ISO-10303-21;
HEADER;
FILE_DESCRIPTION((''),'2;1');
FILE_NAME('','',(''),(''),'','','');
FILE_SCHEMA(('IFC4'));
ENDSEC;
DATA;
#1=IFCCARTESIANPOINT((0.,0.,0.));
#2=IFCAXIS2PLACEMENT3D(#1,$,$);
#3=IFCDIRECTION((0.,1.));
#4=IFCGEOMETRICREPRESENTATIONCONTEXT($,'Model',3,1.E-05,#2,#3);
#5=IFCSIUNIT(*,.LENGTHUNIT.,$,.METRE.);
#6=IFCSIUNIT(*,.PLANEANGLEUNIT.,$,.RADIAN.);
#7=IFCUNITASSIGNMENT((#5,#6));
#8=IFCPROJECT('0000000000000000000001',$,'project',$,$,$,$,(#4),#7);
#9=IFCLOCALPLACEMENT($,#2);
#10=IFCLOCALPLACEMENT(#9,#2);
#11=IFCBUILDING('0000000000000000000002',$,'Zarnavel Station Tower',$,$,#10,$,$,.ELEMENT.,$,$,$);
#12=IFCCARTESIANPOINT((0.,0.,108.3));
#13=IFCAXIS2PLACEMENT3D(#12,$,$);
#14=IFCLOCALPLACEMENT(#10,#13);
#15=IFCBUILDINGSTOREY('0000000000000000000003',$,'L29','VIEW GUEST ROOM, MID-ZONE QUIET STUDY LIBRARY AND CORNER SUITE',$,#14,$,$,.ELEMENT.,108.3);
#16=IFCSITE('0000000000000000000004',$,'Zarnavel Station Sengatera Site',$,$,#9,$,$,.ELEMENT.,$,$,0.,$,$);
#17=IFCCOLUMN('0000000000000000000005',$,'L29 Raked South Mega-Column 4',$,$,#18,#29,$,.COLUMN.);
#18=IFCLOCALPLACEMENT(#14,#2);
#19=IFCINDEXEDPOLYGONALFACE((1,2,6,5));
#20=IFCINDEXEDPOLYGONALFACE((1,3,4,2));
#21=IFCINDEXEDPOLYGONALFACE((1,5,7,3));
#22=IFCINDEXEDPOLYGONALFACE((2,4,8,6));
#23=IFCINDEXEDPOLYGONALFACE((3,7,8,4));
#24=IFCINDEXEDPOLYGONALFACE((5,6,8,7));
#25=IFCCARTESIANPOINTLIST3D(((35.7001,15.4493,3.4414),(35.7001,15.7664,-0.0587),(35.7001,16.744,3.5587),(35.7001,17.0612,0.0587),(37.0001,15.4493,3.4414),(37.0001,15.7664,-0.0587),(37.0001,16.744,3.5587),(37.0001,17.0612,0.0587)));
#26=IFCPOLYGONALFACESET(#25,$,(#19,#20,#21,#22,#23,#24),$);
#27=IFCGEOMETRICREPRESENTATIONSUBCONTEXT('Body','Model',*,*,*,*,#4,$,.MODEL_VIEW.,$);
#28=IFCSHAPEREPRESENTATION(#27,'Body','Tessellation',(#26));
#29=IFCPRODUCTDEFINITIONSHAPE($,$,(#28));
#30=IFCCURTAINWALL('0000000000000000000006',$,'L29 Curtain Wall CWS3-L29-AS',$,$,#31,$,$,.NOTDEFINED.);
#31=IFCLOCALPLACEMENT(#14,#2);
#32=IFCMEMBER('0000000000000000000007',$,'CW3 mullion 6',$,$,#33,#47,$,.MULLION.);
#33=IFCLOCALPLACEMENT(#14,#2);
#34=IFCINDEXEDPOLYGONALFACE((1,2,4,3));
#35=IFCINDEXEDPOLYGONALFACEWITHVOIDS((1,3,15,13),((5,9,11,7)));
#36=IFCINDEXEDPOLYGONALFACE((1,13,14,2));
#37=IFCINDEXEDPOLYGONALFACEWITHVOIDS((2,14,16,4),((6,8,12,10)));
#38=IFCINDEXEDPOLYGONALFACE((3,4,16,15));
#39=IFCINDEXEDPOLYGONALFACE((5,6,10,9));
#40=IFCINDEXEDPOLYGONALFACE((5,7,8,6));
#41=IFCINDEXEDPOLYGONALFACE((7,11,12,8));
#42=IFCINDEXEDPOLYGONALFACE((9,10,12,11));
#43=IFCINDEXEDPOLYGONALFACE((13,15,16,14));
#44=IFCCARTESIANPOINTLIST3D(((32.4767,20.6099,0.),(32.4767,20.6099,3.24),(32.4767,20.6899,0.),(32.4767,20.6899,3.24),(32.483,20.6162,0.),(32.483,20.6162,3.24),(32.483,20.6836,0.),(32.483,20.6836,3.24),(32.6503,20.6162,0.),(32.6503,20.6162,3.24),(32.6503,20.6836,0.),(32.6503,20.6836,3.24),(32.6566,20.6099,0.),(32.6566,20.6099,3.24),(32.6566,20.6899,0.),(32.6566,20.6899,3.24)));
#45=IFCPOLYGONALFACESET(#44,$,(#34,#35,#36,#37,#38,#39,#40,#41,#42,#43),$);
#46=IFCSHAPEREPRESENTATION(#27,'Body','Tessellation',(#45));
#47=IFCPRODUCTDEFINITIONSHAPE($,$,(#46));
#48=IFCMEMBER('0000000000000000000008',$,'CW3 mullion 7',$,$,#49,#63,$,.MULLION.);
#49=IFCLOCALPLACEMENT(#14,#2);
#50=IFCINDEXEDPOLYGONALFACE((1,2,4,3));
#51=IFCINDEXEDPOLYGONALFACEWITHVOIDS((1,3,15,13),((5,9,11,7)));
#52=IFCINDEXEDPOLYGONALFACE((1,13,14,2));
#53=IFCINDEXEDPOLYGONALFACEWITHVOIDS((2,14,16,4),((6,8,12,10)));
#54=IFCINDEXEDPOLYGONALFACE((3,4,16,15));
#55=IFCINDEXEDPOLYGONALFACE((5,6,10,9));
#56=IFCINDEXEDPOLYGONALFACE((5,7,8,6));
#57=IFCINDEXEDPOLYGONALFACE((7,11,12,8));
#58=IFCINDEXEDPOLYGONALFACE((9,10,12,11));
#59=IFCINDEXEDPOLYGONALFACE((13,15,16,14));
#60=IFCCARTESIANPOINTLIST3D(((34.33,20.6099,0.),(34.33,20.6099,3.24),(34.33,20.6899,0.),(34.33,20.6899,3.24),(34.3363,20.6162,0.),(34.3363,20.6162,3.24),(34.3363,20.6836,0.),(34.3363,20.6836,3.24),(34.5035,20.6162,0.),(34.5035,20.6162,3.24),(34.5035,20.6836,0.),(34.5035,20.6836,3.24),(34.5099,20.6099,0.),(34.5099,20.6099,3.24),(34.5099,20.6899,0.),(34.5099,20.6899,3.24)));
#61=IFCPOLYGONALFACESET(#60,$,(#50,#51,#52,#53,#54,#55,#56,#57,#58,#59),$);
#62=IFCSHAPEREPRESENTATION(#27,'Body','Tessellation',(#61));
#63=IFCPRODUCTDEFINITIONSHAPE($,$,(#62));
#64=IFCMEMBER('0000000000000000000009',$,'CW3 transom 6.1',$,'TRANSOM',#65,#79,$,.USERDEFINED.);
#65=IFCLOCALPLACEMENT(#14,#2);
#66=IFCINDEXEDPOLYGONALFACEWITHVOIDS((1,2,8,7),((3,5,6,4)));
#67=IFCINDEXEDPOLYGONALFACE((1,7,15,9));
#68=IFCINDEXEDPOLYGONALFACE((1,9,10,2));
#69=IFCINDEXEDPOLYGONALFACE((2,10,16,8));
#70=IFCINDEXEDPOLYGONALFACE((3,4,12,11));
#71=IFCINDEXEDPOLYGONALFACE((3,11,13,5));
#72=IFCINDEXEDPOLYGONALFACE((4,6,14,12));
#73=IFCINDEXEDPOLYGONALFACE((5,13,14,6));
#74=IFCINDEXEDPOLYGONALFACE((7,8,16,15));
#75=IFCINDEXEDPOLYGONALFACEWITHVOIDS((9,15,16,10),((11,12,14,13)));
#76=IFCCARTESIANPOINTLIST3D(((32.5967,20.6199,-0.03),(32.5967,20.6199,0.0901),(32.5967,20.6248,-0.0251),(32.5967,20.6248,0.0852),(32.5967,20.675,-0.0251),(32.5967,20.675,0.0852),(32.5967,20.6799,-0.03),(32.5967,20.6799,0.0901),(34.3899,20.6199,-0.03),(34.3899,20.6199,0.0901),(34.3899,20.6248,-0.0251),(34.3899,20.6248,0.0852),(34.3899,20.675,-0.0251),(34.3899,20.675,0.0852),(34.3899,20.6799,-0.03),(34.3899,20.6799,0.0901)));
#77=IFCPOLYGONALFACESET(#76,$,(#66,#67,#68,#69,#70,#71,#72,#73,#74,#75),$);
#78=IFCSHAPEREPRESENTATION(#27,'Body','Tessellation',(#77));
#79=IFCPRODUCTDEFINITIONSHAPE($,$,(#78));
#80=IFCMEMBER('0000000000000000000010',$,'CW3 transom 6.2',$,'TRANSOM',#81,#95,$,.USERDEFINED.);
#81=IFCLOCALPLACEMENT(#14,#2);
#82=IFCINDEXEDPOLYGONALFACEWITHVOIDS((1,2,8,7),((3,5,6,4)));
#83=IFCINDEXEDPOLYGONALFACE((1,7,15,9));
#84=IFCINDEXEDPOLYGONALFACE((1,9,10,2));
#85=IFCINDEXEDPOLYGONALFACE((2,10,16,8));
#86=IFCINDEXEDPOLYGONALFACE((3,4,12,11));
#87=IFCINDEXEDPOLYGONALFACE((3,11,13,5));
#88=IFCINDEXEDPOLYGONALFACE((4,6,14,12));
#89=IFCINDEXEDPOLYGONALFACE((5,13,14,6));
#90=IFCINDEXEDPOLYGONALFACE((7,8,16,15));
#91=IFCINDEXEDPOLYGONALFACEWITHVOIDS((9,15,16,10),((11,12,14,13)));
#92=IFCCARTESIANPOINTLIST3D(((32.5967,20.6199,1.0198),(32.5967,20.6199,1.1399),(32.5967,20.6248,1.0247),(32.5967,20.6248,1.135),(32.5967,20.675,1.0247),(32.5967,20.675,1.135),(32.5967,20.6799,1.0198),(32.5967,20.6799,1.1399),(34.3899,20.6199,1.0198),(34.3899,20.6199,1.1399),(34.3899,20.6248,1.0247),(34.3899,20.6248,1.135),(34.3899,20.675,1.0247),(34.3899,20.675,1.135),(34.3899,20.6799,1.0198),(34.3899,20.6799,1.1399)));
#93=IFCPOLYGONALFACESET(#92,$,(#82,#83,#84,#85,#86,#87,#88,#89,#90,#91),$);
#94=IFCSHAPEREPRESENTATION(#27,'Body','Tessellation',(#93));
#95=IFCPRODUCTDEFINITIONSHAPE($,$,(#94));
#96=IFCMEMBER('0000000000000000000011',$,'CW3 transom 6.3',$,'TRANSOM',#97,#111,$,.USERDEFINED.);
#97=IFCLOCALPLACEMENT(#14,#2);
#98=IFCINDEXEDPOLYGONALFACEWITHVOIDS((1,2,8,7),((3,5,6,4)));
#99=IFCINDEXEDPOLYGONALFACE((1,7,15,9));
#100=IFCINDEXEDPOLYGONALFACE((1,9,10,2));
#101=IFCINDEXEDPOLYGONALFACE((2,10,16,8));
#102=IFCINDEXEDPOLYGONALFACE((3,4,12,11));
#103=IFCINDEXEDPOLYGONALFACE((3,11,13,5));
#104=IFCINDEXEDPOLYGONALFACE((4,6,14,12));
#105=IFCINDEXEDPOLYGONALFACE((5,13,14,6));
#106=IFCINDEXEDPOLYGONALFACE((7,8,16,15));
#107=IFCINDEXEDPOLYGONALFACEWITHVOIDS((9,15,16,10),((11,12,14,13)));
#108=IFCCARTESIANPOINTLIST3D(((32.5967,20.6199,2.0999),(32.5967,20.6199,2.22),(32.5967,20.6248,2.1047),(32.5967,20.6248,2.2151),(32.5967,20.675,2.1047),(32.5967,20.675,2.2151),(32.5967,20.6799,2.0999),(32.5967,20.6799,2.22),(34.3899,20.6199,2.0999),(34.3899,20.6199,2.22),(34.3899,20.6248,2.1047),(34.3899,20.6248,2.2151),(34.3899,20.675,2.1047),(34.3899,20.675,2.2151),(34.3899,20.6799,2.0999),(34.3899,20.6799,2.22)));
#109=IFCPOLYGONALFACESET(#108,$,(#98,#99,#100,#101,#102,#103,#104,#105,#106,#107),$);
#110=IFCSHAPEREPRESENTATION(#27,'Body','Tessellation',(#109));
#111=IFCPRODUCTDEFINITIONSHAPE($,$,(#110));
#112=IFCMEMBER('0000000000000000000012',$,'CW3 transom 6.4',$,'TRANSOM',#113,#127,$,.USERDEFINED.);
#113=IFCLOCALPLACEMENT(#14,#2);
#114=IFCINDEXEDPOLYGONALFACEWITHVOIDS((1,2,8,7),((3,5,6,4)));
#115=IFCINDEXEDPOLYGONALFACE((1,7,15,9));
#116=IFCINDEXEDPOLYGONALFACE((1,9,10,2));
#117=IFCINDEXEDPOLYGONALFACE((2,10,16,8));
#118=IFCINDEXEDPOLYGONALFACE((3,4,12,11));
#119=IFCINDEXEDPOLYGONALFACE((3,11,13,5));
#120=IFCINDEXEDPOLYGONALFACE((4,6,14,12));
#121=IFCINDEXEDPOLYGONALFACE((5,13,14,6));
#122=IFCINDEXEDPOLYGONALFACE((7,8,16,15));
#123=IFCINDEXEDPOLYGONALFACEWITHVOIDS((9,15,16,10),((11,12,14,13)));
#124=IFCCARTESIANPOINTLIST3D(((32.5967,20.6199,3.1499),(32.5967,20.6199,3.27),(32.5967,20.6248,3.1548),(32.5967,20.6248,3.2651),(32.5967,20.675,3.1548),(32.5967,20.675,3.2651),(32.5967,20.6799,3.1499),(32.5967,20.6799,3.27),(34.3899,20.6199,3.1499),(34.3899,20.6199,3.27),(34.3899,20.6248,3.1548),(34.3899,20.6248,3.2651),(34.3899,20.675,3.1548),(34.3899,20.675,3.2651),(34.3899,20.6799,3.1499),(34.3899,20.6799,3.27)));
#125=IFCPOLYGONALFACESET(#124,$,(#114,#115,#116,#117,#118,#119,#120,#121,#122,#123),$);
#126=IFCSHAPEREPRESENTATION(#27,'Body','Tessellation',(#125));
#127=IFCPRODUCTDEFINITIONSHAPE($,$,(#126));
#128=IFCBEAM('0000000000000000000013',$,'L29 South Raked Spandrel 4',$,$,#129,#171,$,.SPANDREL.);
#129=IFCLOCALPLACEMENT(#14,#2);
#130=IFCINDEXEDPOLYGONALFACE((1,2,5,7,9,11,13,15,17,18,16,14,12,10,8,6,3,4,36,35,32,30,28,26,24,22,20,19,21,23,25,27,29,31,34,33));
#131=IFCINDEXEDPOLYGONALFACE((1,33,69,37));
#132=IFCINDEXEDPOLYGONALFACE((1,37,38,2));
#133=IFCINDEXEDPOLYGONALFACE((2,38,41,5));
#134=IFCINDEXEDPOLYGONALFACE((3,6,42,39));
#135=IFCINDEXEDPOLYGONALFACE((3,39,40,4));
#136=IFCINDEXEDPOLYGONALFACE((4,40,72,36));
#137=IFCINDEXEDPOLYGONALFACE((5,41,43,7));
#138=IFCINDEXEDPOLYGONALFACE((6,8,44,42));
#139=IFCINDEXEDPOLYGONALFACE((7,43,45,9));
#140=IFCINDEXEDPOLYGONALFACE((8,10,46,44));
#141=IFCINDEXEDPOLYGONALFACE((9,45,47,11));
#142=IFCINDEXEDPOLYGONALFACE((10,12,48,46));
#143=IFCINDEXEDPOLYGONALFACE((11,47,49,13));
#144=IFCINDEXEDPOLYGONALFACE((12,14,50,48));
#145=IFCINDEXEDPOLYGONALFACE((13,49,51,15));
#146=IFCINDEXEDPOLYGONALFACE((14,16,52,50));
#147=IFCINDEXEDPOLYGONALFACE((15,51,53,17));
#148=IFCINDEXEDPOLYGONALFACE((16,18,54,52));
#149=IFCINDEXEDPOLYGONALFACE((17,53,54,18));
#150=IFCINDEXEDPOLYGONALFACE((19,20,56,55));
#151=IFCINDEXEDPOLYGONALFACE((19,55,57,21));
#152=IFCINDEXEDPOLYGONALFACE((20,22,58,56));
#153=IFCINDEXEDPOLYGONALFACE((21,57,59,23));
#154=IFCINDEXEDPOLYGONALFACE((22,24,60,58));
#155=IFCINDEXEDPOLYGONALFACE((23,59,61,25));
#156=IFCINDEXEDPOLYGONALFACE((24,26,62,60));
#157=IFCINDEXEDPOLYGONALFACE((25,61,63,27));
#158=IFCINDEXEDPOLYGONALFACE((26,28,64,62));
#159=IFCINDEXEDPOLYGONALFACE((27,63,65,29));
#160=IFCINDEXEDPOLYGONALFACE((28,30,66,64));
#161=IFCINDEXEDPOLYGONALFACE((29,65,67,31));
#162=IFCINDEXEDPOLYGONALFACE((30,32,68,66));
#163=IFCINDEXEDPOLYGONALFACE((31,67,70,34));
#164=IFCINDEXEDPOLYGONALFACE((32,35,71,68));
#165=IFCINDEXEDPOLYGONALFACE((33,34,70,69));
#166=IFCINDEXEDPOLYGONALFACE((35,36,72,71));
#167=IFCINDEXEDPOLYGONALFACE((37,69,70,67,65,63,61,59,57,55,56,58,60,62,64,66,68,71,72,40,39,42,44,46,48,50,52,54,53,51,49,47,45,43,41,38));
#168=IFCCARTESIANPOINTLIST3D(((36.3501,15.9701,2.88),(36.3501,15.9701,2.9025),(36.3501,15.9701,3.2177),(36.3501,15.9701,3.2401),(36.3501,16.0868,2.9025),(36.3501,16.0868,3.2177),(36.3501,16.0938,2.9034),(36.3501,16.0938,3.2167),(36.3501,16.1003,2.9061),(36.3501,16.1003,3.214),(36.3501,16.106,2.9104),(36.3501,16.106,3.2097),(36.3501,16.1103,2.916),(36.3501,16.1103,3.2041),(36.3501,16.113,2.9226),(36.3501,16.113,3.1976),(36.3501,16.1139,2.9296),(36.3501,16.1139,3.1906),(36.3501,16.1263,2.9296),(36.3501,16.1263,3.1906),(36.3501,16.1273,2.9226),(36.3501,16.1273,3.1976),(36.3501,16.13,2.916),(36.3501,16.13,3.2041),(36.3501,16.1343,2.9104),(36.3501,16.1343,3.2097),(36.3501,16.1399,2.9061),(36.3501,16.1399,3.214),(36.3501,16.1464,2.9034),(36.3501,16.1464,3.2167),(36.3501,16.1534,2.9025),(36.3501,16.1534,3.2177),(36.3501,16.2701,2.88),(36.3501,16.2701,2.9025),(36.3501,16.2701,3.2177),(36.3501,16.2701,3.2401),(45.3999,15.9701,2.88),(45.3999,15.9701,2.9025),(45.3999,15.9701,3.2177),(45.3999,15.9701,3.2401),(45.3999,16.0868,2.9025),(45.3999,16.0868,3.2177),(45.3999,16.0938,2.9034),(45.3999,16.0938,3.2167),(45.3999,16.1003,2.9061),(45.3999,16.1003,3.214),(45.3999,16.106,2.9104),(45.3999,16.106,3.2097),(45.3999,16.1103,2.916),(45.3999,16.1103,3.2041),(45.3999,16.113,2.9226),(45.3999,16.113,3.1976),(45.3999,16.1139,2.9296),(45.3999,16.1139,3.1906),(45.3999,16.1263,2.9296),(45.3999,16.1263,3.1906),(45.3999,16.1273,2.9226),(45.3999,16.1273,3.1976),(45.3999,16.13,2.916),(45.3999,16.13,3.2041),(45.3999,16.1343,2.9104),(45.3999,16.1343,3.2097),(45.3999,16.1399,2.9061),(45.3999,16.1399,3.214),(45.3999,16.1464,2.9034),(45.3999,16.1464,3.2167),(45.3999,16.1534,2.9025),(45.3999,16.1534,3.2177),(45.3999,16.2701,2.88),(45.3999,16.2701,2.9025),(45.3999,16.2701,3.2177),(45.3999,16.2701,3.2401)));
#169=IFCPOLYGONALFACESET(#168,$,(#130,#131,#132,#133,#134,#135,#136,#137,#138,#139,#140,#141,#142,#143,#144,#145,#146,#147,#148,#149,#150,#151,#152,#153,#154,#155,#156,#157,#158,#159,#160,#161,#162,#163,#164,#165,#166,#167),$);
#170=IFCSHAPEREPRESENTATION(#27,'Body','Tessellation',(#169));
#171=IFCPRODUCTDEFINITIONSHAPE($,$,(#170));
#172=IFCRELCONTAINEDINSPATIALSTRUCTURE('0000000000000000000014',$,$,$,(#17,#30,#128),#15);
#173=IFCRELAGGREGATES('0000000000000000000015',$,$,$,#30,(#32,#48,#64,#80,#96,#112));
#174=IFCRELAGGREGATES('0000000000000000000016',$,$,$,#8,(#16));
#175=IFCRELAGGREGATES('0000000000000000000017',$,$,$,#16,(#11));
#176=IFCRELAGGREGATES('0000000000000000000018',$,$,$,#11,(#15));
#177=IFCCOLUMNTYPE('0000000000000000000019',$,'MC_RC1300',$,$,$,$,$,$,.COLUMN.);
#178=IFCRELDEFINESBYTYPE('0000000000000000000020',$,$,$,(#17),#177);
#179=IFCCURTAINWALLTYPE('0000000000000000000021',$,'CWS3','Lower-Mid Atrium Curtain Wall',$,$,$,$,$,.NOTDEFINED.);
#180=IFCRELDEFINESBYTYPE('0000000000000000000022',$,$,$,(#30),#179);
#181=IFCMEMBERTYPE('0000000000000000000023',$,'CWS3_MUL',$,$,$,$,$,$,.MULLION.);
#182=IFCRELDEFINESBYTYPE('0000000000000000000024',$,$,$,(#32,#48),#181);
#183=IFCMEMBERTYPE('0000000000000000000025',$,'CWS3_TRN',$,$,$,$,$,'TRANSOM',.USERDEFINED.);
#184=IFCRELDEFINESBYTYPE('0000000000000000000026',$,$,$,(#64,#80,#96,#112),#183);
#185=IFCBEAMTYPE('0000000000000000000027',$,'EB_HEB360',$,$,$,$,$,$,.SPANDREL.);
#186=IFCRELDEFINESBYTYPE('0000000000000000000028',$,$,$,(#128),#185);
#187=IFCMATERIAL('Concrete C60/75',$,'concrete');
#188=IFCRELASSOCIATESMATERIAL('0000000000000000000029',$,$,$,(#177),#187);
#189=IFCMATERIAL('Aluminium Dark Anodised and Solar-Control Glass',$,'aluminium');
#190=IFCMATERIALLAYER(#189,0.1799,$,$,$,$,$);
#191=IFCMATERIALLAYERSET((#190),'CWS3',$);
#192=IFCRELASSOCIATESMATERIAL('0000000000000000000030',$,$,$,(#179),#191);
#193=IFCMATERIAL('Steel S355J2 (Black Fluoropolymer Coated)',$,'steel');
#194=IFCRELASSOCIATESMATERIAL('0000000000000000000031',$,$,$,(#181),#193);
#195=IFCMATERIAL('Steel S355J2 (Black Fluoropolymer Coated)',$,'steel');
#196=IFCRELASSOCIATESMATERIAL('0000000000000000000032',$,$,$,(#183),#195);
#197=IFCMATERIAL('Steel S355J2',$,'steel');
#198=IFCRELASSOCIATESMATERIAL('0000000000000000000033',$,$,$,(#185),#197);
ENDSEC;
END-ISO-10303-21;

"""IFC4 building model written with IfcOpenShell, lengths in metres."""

from ifc_helpers import new_model, si_unit, direction, frame, origin, origin_2d, place, context, subcontext, project, spatial, rectangle, hollow_rectangle, i_section, extrude, material, layer, layer_set, material_profile, profile_set, type_object, element, aggregate, save


model = new_model("IFC4")

# Units and contexts
model_context = context("Model", 3, precision=1e-05, world=origin(), true_north=direction((0.0, 1.0)))
body_context = subcontext(model_context, "Body", "Model", "MODEL_VIEW")
ifc_project = project(units=[si_unit("LENGTHUNIT", "METRE"), si_unit("PLANEANGLEUNIT", "RADIAN")], contexts=[model_context])

# Site, building, storey
site_placement = place(None, origin())
site = spatial("IfcSite", under=ifc_project, at=site_placement, Name="Zarnavel Station Sengatera Site", CompositionType="ELEMENT", RefElevation=0.0)
building_placement = place(site_placement, origin())
building = spatial("IfcBuilding", under=site, at=building_placement, Name="Zarnavel Station Tower", CompositionType="ELEMENT")
storey_placement = place(building_placement, frame((0.0, 0.0, 108.3)))
storey = spatial("IfcBuildingStorey", under=building, at=storey_placement, Name="L29", Description="VIEW GUEST ROOM, MID-ZONE QUIET STUDY LIBRARY AND CORNER SUITE", CompositionType="ELEMENT", Elevation=108.3)

# Column
ifc_material_1 = material(Name="Concrete C60/75", Category="concrete")
ifc_material_profile_1 = material_profile(ifc_material_1, rectangle(XDim=1.3, YDim=1.3, at=origin_2d()), Name="RC1300x1300")
ifc_profile_set_1 = profile_set([ifc_material_profile_1], Name="Concrete C60/75")
column_type = type_object("IfcColumnType", Name="MC_RC1300", PredefinedType="COLUMN", material=ifc_profile_set_1)
column_placement = place(storey_placement, frame((36.3501, 16.4138, 0.0), z_axis=(0.0, -0.090241, 0.99592), x_axis=(1.0, 0.0, 0.0)))
element("IfcColumn", 1, at=column_placement, inside=storey, type_object=column_type, Name="L29 Raked South Mega-Column 4", PredefinedType="COLUMN", context=body_context, shape_type="SweptSolid", body=[
    extrude(rectangle(XDim=1.3, YDim=1.3, at=origin_2d()), origin(), (0.0, 0.0, 1.0), 3.5144),
])

# Curtain wall, members
ifc_material_2 = material(Name="Aluminium Dark Anodised and Solar-Control Glass", Category="aluminium")
ifc_layer_1 = layer(ifc_material_2, 0.1799)
ifc_layer_set_1 = layer_set([ifc_layer_1], Name="CWS3")
curtain_wall_type = type_object("IfcCurtainWallType", Name="CWS3", Description="Lower-Mid Atrium Curtain Wall", PredefinedType="NOTDEFINED", material=ifc_layer_set_1)
curtain_wall_placement = place(storey_placement, origin())
curtain_wall = element("IfcCurtainWall", 2, at=curtain_wall_placement, inside=storey, type_object=curtain_wall_type, Name="L29 Curtain Wall CWS3-L29-AS", PredefinedType="NOTDEFINED")
ifc_material_3 = material(Name="Steel S355J2 (Black Fluoropolymer Coated)", Category="steel")
ifc_material_profile_2 = material_profile(ifc_material_3, hollow_rectangle(XDim=0.0801, YDim=0.1799, WallThickness=0.0063, at=origin_2d()), Name="RHS180x80x6.3")
ifc_profile_set_2 = profile_set([ifc_material_profile_2], Name="Steel S355J2 (Black Fluoropolymer Coated)")
member_type_1 = type_object("IfcMemberType", Name="CWS3_MUL", PredefinedType="MULLION", material=ifc_profile_set_2)
member_1_placement = place(storey_placement, frame((32.5667, 20.6499, 0.0), z_axis=(0.0, 0.0, 1.0), x_axis=(0.0, 1.0, 0.0)))
member_1 = element("IfcMember", 3, at=member_1_placement, type_object=member_type_1, Name="CW3 mullion 6", PredefinedType="MULLION", context=body_context, shape_type="SweptSolid", body=[
    extrude(hollow_rectangle(XDim=0.0801, YDim=0.1799, WallThickness=0.0063, at=origin_2d()), origin(), (0.0, 0.0, 1.0), 3.24),
])
member_2_placement = place(storey_placement, frame((34.4199, 20.6499, 0.0), z_axis=(0.0, 0.0, 1.0), x_axis=(0.0, 1.0, 0.0)))
member_2 = element("IfcMember", 4, at=member_2_placement, type_object=member_type_1, Name="CW3 mullion 7", PredefinedType="MULLION", context=body_context, shape_type="SweptSolid", body=[
    extrude(hollow_rectangle(XDim=0.0801, YDim=0.1799, WallThickness=0.0063, at=origin_2d()), origin(), (0.0, 0.0, 1.0), 3.24),
])
ifc_material_4 = material(Name="Steel S355J2 (Black Fluoropolymer Coated)", Category="steel")
ifc_material_profile_3 = material_profile(ifc_material_4, hollow_rectangle(XDim=0.0601, YDim=0.1201, WallThickness=0.0049, at=origin_2d()), Name="RHS120x60x5")
ifc_profile_set_3 = profile_set([ifc_material_profile_3], Name="Steel S355J2 (Black Fluoropolymer Coated)")
member_type_2 = type_object("IfcMemberType", Name="CWS3_TRN", ElementType="TRANSOM", PredefinedType="USERDEFINED", material=ifc_profile_set_3)
member_3_placement = place(storey_placement, frame((32.5967, 20.6499, 0.03), z_axis=(1.0, 0.0, 0.0), x_axis=(0.0, 1.0, 0.0)))
member_3 = element("IfcMember", 5, at=member_3_placement, type_object=member_type_2, Name="CW3 transom 6.1", ObjectType="TRANSOM", PredefinedType="USERDEFINED", context=body_context, shape_type="SweptSolid", body=[
    extrude(hollow_rectangle(XDim=0.0601, YDim=0.1201, WallThickness=0.0049, at=origin_2d()), origin(), (0.0, 0.0, 1.0), 1.7932),
])
member_4_placement = place(storey_placement, frame((32.5967, 20.6499, 1.0798), z_axis=(1.0, 0.0, 0.0), x_axis=(0.0, 1.0, 0.0)))
member_4 = element("IfcMember", 6, at=member_4_placement, type_object=member_type_2, Name="CW3 transom 6.2", ObjectType="TRANSOM", PredefinedType="USERDEFINED", context=body_context, shape_type="SweptSolid", body=[
    extrude(hollow_rectangle(XDim=0.0601, YDim=0.1201, WallThickness=0.0049, at=origin_2d()), origin(), (0.0, 0.0, 1.0), 1.7932),
])
member_5_placement = place(storey_placement, frame((32.5967, 20.6499, 2.1599), z_axis=(1.0, 0.0, 0.0), x_axis=(0.0, 1.0, 0.0)))
member_5 = element("IfcMember", 7, at=member_5_placement, type_object=member_type_2, Name="CW3 transom 6.3", ObjectType="TRANSOM", PredefinedType="USERDEFINED", context=body_context, shape_type="SweptSolid", body=[
    extrude(hollow_rectangle(XDim=0.0601, YDim=0.1201, WallThickness=0.0049, at=origin_2d()), origin(), (0.0, 0.0, 1.0), 1.7932),
])
member_6_placement = place(storey_placement, frame((32.5967, 20.6499, 3.21), z_axis=(1.0, 0.0, 0.0), x_axis=(0.0, 1.0, 0.0)))
member_6 = element("IfcMember", 8, at=member_6_placement, type_object=member_type_2, Name="CW3 transom 6.4", ObjectType="TRANSOM", PredefinedType="USERDEFINED", context=body_context, shape_type="SweptSolid", body=[
    extrude(hollow_rectangle(XDim=0.0601, YDim=0.1201, WallThickness=0.0049, at=origin_2d()), origin(), (0.0, 0.0, 1.0), 1.7932),
])

# Beam
ifc_material_5 = material(Name="Steel S355J2", Category="steel")
ifc_material_profile_4 = material_profile(ifc_material_5, i_section(OverallWidth=0.3, OverallDepth=0.3601, WebThickness=0.0125, FlangeThickness=0.0225, FilletRadius=0.0271, at=origin_2d()), Name="HEB360")
ifc_profile_set_4 = profile_set([ifc_material_profile_4], Name="Steel S355J2")
beam_type_1 = type_object("IfcBeamType", Name="EB_HEB360", PredefinedType="SPANDREL", material=ifc_profile_set_4)
beam_1_placement = place(storey_placement, frame((36.3501, 16.1201, 3.0601), z_axis=(1.0, 0.0, 0.0), x_axis=(0.0, 1.0, 0.0)))
element("IfcBeam", 9, at=beam_1_placement, inside=storey, type_object=beam_type_1, Name="L29 South Raked Spandrel 4", PredefinedType="SPANDREL", context=body_context, shape_type="SweptSolid", body=[
    extrude(i_section(OverallWidth=0.3, OverallDepth=0.3601, WebThickness=0.0125, FlangeThickness=0.0225, FilletRadius=0.0271, at=origin_2d()), origin(), (0.0, 0.0, 1.0), 9.0498),
])

aggregate(curtain_wall, [member_1, member_2, member_3, member_4, member_5, member_6])

save(model, "model.ifc")
